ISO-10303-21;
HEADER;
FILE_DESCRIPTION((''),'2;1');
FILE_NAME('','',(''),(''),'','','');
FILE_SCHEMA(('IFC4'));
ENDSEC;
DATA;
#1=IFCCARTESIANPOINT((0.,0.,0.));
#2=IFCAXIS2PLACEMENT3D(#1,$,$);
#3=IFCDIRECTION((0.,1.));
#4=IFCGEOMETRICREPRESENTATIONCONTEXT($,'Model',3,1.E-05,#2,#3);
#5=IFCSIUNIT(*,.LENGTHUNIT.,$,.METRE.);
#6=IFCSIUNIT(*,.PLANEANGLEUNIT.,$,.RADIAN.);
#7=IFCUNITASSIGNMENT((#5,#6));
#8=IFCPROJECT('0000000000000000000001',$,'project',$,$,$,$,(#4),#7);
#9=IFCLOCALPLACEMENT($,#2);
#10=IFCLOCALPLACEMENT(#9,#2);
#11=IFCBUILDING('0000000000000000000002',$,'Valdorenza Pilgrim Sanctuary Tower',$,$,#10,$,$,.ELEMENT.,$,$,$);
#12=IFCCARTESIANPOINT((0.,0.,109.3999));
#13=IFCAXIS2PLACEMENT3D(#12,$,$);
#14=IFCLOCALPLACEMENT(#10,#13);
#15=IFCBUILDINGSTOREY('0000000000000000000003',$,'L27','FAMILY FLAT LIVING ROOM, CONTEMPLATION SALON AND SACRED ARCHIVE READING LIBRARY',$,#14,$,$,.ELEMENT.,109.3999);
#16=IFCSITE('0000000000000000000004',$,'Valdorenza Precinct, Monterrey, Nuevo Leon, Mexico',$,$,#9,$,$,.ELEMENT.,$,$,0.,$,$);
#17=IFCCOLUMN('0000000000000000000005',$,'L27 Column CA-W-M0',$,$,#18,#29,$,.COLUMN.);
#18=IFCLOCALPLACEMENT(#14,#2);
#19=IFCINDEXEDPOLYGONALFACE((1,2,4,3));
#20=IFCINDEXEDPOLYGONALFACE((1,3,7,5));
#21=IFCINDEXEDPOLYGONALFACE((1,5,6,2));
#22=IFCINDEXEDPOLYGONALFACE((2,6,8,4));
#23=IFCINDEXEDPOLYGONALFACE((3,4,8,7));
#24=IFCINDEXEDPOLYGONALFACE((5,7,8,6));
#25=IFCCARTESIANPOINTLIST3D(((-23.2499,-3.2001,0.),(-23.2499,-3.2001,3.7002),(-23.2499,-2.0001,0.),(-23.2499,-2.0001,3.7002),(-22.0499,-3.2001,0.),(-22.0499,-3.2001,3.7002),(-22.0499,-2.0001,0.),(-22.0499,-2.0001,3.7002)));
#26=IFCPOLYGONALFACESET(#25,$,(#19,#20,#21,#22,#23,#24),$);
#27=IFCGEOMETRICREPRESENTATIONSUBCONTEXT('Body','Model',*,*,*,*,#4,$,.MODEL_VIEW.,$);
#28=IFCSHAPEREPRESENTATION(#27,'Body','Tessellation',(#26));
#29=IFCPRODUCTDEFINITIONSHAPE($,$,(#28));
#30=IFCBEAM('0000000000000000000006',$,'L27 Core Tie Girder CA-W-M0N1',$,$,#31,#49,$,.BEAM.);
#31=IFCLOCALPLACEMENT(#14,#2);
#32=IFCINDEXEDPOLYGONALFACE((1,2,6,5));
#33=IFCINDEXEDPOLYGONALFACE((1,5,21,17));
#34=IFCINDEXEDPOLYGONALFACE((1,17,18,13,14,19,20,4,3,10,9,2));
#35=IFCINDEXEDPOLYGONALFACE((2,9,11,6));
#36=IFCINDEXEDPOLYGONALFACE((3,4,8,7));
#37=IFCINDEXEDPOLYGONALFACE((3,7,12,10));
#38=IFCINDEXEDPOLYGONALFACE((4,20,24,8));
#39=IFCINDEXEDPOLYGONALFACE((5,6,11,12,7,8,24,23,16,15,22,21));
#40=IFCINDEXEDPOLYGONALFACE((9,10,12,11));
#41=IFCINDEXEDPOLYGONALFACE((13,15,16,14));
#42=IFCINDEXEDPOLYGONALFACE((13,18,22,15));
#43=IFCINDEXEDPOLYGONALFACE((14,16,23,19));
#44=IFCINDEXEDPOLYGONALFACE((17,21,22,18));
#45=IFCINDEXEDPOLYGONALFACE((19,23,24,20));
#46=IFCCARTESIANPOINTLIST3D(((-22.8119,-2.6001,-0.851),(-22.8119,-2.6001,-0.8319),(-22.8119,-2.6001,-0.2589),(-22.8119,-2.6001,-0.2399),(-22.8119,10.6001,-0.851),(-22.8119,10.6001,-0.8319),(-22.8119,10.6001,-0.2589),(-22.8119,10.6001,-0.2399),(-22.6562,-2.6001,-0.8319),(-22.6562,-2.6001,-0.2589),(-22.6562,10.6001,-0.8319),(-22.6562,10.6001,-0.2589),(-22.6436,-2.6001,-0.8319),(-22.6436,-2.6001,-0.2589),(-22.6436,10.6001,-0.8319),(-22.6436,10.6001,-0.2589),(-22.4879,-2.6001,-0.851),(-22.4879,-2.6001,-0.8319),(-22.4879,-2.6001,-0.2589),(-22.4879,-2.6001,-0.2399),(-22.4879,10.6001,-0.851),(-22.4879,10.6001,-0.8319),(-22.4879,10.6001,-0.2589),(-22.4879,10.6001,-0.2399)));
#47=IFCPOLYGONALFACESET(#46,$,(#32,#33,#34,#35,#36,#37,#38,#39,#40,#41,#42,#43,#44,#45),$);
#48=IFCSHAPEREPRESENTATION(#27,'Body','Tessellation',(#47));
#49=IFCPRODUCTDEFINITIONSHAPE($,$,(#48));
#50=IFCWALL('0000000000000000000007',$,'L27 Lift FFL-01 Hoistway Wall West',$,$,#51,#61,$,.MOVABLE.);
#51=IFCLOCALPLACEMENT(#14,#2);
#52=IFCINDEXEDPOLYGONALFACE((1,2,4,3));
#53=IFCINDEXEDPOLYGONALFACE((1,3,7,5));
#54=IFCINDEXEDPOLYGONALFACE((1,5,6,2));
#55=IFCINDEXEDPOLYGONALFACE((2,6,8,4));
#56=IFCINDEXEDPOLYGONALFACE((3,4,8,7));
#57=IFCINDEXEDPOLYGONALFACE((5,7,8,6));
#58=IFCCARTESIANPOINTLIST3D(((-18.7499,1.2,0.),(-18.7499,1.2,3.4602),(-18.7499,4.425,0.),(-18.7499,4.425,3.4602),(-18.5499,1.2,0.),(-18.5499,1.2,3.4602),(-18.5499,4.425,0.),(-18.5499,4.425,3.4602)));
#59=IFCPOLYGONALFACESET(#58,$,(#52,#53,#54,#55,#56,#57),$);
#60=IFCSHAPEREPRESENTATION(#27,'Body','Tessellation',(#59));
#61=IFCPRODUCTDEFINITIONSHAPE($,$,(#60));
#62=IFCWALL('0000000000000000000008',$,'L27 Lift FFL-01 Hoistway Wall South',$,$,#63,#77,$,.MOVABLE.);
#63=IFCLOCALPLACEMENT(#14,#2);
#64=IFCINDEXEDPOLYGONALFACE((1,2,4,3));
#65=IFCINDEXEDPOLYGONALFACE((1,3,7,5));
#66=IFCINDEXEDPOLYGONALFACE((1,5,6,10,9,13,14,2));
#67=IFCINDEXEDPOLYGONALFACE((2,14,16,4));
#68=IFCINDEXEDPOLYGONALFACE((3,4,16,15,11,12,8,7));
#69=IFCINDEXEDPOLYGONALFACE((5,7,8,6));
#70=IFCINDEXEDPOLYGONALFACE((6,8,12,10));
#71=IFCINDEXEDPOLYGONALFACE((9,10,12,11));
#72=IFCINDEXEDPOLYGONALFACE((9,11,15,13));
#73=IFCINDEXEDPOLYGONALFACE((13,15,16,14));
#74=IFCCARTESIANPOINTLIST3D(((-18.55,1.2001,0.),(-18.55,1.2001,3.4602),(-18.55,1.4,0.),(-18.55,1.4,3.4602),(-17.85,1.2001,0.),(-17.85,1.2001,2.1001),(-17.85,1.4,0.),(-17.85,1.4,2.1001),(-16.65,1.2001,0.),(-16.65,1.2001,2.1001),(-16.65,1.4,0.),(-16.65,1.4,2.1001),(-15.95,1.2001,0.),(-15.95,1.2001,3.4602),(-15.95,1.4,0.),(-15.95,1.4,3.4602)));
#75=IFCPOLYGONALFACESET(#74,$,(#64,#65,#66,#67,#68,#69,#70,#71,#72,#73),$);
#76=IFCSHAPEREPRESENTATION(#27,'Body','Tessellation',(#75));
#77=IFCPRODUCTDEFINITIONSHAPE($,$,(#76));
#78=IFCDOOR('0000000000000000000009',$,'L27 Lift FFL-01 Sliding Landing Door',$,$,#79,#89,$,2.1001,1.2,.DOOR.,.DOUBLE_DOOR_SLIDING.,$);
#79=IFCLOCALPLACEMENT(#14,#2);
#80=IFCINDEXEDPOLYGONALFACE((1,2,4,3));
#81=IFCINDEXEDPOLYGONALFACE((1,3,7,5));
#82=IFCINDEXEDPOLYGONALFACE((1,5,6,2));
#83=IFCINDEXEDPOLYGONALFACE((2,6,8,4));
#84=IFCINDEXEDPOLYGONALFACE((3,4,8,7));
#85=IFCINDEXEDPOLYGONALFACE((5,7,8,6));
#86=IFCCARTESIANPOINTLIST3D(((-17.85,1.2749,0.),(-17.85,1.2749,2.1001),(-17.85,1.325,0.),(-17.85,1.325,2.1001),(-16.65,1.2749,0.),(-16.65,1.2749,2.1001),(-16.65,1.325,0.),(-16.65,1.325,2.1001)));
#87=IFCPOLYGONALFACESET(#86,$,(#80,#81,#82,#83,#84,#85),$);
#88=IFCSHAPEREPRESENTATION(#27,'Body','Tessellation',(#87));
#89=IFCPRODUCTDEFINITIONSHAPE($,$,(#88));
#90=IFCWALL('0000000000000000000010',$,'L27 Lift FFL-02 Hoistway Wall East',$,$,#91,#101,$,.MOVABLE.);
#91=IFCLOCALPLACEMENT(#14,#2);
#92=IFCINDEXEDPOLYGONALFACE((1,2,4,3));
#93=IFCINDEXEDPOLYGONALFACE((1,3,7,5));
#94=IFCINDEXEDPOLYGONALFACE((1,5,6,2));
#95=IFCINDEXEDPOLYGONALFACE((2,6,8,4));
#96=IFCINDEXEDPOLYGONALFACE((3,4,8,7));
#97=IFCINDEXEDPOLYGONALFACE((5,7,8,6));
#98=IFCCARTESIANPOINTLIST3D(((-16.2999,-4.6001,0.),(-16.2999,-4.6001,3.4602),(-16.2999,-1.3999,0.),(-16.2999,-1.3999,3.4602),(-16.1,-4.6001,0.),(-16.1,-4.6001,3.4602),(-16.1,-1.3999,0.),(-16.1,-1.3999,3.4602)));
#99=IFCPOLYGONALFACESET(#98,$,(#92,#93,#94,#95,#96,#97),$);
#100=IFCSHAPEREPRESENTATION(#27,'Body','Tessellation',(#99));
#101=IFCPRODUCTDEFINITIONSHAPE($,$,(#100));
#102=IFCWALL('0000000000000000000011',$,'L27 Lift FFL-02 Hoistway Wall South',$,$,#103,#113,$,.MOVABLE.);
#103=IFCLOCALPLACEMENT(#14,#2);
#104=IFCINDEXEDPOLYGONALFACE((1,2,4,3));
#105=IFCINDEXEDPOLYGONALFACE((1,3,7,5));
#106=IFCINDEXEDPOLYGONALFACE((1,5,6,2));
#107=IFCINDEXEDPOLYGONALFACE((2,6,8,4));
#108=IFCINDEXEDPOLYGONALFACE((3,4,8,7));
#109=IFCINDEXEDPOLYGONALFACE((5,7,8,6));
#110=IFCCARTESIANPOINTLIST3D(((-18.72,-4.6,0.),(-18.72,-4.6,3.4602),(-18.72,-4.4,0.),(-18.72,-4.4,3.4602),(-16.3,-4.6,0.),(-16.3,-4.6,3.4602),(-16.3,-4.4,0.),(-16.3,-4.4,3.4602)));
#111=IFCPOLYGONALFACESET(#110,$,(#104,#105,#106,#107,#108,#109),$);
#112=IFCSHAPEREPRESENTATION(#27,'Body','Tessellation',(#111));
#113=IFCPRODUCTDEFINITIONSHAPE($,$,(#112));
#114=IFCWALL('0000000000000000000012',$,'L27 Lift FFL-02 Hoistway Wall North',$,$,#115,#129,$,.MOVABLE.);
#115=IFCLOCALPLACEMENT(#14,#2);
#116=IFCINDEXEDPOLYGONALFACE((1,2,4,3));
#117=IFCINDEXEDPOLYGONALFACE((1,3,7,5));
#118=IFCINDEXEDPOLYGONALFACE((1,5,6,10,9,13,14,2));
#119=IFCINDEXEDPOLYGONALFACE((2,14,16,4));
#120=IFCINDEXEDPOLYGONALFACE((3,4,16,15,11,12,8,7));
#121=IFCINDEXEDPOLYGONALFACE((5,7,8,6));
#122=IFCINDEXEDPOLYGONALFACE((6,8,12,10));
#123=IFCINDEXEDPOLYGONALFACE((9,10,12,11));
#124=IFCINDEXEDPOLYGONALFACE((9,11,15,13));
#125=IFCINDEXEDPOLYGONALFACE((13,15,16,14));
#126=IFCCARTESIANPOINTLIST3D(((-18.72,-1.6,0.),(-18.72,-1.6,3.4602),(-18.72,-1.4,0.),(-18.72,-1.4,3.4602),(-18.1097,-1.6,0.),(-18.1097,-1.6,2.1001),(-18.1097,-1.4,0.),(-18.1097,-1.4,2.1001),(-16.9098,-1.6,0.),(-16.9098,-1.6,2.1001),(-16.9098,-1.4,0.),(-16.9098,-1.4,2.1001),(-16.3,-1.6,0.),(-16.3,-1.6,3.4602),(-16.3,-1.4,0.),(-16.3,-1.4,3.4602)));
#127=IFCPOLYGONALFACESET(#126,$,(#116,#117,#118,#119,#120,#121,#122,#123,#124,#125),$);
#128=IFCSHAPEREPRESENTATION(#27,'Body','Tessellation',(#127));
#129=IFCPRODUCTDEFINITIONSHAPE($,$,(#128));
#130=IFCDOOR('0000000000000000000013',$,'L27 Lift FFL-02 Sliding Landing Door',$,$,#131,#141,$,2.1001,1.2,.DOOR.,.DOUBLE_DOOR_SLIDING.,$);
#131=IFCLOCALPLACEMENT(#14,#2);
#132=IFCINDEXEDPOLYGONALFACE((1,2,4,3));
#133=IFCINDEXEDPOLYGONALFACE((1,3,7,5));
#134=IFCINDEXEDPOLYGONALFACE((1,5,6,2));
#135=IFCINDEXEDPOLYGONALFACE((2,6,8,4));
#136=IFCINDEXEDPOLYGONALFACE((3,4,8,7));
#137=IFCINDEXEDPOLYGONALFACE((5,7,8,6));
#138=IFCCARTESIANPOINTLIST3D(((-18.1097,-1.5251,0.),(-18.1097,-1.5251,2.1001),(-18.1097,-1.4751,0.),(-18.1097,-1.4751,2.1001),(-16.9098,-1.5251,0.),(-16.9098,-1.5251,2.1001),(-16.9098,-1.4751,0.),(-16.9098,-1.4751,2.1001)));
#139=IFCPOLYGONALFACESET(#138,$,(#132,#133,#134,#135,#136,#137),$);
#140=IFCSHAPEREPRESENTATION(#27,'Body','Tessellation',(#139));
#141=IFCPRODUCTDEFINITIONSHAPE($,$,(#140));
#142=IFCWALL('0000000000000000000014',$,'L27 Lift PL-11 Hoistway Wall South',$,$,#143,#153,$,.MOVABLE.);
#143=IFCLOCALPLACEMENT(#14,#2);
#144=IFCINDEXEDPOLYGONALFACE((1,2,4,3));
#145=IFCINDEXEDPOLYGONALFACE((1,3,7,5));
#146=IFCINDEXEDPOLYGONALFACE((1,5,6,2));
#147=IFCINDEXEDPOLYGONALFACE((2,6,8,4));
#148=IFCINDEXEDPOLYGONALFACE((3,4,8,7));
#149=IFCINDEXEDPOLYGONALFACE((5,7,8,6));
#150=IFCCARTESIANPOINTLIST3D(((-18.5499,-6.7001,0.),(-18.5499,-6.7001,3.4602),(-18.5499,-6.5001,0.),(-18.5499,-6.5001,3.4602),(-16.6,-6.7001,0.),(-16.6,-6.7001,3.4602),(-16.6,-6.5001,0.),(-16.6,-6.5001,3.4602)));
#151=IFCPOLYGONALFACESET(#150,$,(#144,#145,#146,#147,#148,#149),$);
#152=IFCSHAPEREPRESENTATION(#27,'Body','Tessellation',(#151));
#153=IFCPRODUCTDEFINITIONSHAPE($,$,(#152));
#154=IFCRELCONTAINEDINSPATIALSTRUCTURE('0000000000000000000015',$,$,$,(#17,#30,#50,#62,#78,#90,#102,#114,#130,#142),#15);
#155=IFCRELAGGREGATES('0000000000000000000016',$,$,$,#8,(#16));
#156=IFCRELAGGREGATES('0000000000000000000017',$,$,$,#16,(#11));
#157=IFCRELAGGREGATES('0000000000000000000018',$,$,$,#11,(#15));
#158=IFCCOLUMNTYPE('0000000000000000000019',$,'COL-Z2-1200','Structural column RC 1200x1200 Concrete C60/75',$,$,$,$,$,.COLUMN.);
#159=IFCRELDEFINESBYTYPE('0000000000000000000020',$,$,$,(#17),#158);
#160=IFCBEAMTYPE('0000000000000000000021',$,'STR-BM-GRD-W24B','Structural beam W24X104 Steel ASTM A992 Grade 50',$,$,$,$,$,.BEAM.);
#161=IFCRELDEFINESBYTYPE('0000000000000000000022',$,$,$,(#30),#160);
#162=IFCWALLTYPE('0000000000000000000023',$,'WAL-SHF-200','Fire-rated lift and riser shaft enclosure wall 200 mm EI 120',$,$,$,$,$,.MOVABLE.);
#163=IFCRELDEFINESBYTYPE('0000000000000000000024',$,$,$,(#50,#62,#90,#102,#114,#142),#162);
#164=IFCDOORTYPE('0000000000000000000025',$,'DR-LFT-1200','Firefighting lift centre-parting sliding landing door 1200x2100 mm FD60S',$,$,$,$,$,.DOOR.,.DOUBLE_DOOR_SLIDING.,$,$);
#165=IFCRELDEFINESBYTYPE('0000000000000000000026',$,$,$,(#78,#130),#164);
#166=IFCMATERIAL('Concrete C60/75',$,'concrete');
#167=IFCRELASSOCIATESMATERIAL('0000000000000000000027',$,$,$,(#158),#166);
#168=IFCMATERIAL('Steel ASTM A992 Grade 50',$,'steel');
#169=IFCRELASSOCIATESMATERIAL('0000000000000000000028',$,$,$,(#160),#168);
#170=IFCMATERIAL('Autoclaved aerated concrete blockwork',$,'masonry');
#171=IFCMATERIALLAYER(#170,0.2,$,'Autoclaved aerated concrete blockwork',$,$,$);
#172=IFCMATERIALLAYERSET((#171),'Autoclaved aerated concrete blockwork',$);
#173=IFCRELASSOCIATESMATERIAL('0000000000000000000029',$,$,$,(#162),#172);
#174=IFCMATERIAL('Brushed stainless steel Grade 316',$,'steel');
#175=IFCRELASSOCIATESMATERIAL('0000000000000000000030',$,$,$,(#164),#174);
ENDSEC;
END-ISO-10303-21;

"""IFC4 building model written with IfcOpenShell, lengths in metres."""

from ifc_helpers import new_model, si_unit, direction, frame, frame_2d, origin, origin_2d, place, context, subcontext, project, spatial, rectangle, i_section, extrude, source, transform, mapped, material, layer, layer_set, material_profile, profile_set, type_object, element, fill, save


model = new_model("IFC4")

# Units and contexts
model_context = context("Model", 3, precision=1e-05, world=origin(), true_north=direction((0.0, 1.0)))
body_context = subcontext(model_context, "Body", "Model", "MODEL_VIEW")
ifc_project = project(units=[si_unit("LENGTHUNIT", "METRE"), si_unit("PLANEANGLEUNIT", "RADIAN")], contexts=[model_context])

# Site, building, storey
site_placement = place(None, origin())
site = spatial("IfcSite", under=ifc_project, at=site_placement, Name="Valdorenza Precinct, Monterrey, Nuevo Leon, Mexico", CompositionType="ELEMENT", RefElevation=0.0)
building_placement = place(site_placement, origin())
building = spatial("IfcBuilding", under=site, at=building_placement, Name="Valdorenza Pilgrim Sanctuary Tower", CompositionType="ELEMENT")
storey_placement = place(building_placement, frame((0.0, 0.0, 109.3999)))
storey = spatial("IfcBuildingStorey", under=building, at=storey_placement, Name="L27", Description="FAMILY FLAT LIVING ROOM, CONTEMPLATION SALON AND SACRED ARCHIVE READING LIBRARY", CompositionType="ELEMENT", Elevation=109.3999)

# Column
ifc_material_1 = material(Name="Concrete C60/75", Category="concrete")
ifc_material_profile_1 = material_profile(ifc_material_1, rectangle(XDim=1.2, YDim=1.2, at=origin_2d()), Name="RC 1200x1200")
ifc_profile_set_1 = profile_set([ifc_material_profile_1], Name="Concrete C60/75")
column_type = type_object("IfcColumnType", Name="COL-Z2-1200", Description="Structural column RC 1200x1200 Concrete C60/75", PredefinedType="COLUMN", material=ifc_profile_set_1)
shared_shape_1 = source(origin(), body_context, "Body", "SweptSolid", [
    extrude(rectangle(XDim=1.2, YDim=1.2, at=origin_2d()), origin(), (0.0, 0.0, 1.0), 3.7002),
])
column_placement = place(storey_placement, frame((-22.6499, -2.6001, 0.0), z_axis=(0.0, 0.0, 1.0), x_axis=(1.0, 0.0, 0.0)))
element("IfcColumn", 1, at=column_placement, inside=storey, type_object=column_type, Name="L27 Column CA-W-M0", PredefinedType="COLUMN", context=body_context, shape_type="MappedRepresentation", body=[
    mapped(shared_shape_1, transform((0.0, 0.0, 0.0), x_axis=(1.0, 0.0, 0.0), y_axis=(0.0, 1.0, 0.0), z_axis=(0.0, 0.0, 1.0), scale=1.0)),
])

# Beam
ifc_material_2 = material(Name="Steel ASTM A992 Grade 50", Category="steel")
ifc_material_profile_2 = material_profile(ifc_material_2, i_section(OverallWidth=0.324, OverallDepth=0.6111, WebThickness=0.0127, FlangeThickness=0.019, at=origin_2d()), Name="W24X104")
ifc_profile_set_2 = profile_set([ifc_material_profile_2], Name="Steel ASTM A992 Grade 50")
beam_type = type_object("IfcBeamType", Name="STR-BM-GRD-W24B", Description="Structural beam W24X104 Steel ASTM A992 Grade 50", PredefinedType="BEAM", material=ifc_profile_set_2)
shared_shape_2 = source(origin(), body_context, "Body", "SweptSolid", [
    extrude(i_section(OverallWidth=0.324, OverallDepth=0.6111, WebThickness=0.0127, FlangeThickness=0.019, at=origin_2d()), origin(), (0.0, 0.0, 1.0), 13.2002),
])
beam_placement = place(storey_placement, frame((-22.6499, -2.6001, -0.5454), z_axis=(0.0, 1.0, 0.0), x_axis=(-1.0, 0.0, 0.0)))
element("IfcBeam", 2, at=beam_placement, inside=storey, type_object=beam_type, Name="L27 Core Tie Girder CA-W-M0N1", PredefinedType="BEAM", context=body_context, shape_type="MappedRepresentation", body=[
    mapped(shared_shape_2, transform((0.0, 0.0, 0.0), x_axis=(1.0, 0.0, 0.0), y_axis=(0.0, 1.0, 0.0), z_axis=(0.0, 0.0, 1.0), scale=1.0)),
])

# Wall
ifc_material_3 = material(Name="Autoclaved aerated concrete blockwork", Category="masonry")
ifc_layer_1 = layer(ifc_material_3, 0.2, Name="Autoclaved aerated concrete blockwork")
ifc_layer_set_1 = layer_set([ifc_layer_1], Name="Autoclaved aerated concrete blockwork")
wall_type_1 = type_object("IfcWallType", Name="WAL-SHF-200", Description="Fire-rated lift and riser shaft enclosure wall 200 mm EI 120", PredefinedType="MOVABLE", material=ifc_layer_set_1)
wall_1_placement = place(storey_placement, frame((-18.6499, 1.2, 0.0), z_axis=(0.0, 0.0, 1.0), x_axis=(0.0, 1.0, 0.0)))
element("IfcWall", 3, at=wall_1_placement, inside=storey, type_object=wall_type_1, Name="L27 Lift FFL-01 Hoistway Wall West", PredefinedType="MOVABLE", context=body_context, shape_type="SweptSolid", body=[
    extrude(rectangle(XDim=3.2251, YDim=0.2, at=frame_2d((1.6125, 0.0))), origin(), (0.0, 0.0, 1.0), 3.4602),
])

# Wall, opening, door
wall_2_placement = place(storey_placement, frame((-18.55, 1.3, 0.0), z_axis=(0.0, 0.0, 1.0), x_axis=(1.0, 0.0, 0.0)))
wall_2 = element("IfcWall", 4, at=wall_2_placement, inside=storey, type_object=wall_type_1, Name="L27 Lift FFL-01 Hoistway Wall South", PredefinedType="MOVABLE", context=body_context, shape_type="SweptSolid", body=[
    extrude(rectangle(XDim=2.6001, YDim=0.2, at=frame_2d((1.3, 0.0))), origin(), (0.0, 0.0, 1.0), 3.4602),
])
opening_1_placement = place(wall_2_placement, frame((0.7, 0.0, 0.0)))
opening_1 = element("IfcOpeningElement", 5, at=opening_1_placement, cuts=wall_2, PredefinedType="OPENING", context=body_context, shape_type="SweptSolid", body=[
    extrude(rectangle(XDim=1.2, YDim=2.1001, at=frame_2d((0.6001, 1.05))), frame((0.0, 0.1147, 0.0), z_axis=(0.0, -1.0, 0.0), x_axis=(1.0, 0.0, 0.0)), (0.0, 0.0, 1.0), 0.2297),
])
ifc_material_4 = material(Name="Brushed stainless steel Grade 316", Category="steel")
door_type_1 = type_object("IfcDoorType", Name="DR-LFT-1200", Description="Firefighting lift centre-parting sliding landing door 1200x2100 mm FD60S", OperationType="DOUBLE_DOOR_SLIDING", PredefinedType="DOOR", material=ifc_material_4)
door_1_placement = place(opening_1_placement, origin())
door_1 = element("IfcDoor", 6, at=door_1_placement, inside=storey, type_object=door_type_1, Name="L27 Lift FFL-01 Sliding Landing Door", OperationType="DOUBLE_DOOR_SLIDING", OverallHeight=2.1001, OverallWidth=1.2, PredefinedType="DOOR", context=body_context, shape_type="SweptSolid", body=[
    extrude(rectangle(XDim=1.2, YDim=2.1001, at=frame_2d((0.6001, 1.05))), frame((0.0, 0.0249, 0.0), z_axis=(0.0, -1.0, 0.0), x_axis=(1.0, 0.0, 0.0)), (0.0, 0.0, 1.0), 0.05),
])
fill(opening_1, door_1)

# Walls
wall_3_placement = place(storey_placement, frame((-16.2, -4.6001, 0.0), z_axis=(0.0, 0.0, 1.0), x_axis=(0.0, 1.0, 0.0)))
element("IfcWall", 7, at=wall_3_placement, inside=storey, type_object=wall_type_1, Name="L27 Lift FFL-02 Hoistway Wall East", PredefinedType="MOVABLE", context=body_context, shape_type="SweptSolid", body=[
    extrude(rectangle(XDim=3.2002, YDim=0.2, at=frame_2d((1.6001, 0.0))), origin(), (0.0, 0.0, 1.0), 3.4602),
])
wall_4_placement = place(storey_placement, frame((-18.72, -4.5, 0.0), z_axis=(0.0, 0.0, 1.0), x_axis=(1.0, 0.0, 0.0)))
element("IfcWall", 8, at=wall_4_placement, inside=storey, type_object=wall_type_1, Name="L27 Lift FFL-02 Hoistway Wall South", PredefinedType="MOVABLE", context=body_context, shape_type="SweptSolid", body=[
    extrude(rectangle(XDim=2.4199, YDim=0.2, at=frame_2d((1.21, 0.0))), origin(), (0.0, 0.0, 1.0), 3.4602),
])

# Wall, opening, door
wall_5_placement = place(storey_placement, frame((-18.72, -1.5, 0.0), z_axis=(0.0, 0.0, 1.0), x_axis=(1.0, 0.0, 0.0)))
wall_5 = element("IfcWall", 9, at=wall_5_placement, inside=storey, type_object=wall_type_1, Name="L27 Lift FFL-02 Hoistway Wall North", PredefinedType="MOVABLE", context=body_context, shape_type="SweptSolid", body=[
    extrude(rectangle(XDim=2.4199, YDim=0.2, at=frame_2d((1.21, 0.0))), origin(), (0.0, 0.0, 1.0), 3.4602),
])
opening_2_placement = place(wall_5_placement, frame((0.6101, 0.0, 0.0)))
opening_2 = element("IfcOpeningElement", 10, at=opening_2_placement, cuts=wall_5, PredefinedType="OPENING", context=body_context, shape_type="SweptSolid", body=[
    extrude(rectangle(XDim=1.2, YDim=2.1001, at=frame_2d((0.6001, 1.05))), frame((0.0, 0.1147, 0.0), z_axis=(0.0, -1.0, 0.0), x_axis=(1.0, 0.0, 0.0)), (0.0, 0.0, 1.0), 0.2297),
])
door_2_placement = place(opening_2_placement, origin())
door_2 = element("IfcDoor", 11, at=door_2_placement, inside=storey, type_object=door_type_1, Name="L27 Lift FFL-02 Sliding Landing Door", OperationType="DOUBLE_DOOR_SLIDING", OverallHeight=2.1001, OverallWidth=1.2, PredefinedType="DOOR", context=body_context, shape_type="SweptSolid", body=[
    extrude(rectangle(XDim=1.2, YDim=2.1001, at=frame_2d((0.6001, 1.05))), frame((0.0, 0.0249, 0.0), z_axis=(0.0, -1.0, 0.0), x_axis=(1.0, 0.0, 0.0)), (0.0, 0.0, 1.0), 0.05),
])
fill(opening_2, door_2)

# Wall
wall_6_placement = place(storey_placement, frame((-18.55, -6.6001, 0.0), z_axis=(0.0, 0.0, 1.0), x_axis=(1.0, 0.0, 0.0)))
element("IfcWall", 12, at=wall_6_placement, inside=storey, type_object=wall_type_1, Name="L27 Lift PL-11 Hoistway Wall South", PredefinedType="MOVABLE", context=body_context, shape_type="SweptSolid", body=[
    extrude(rectangle(XDim=1.95, YDim=0.2, at=frame_2d((0.9751, 0.0))), origin(), (0.0, 0.0, 1.0), 3.4602),
])

save(model, "model.ifc")
